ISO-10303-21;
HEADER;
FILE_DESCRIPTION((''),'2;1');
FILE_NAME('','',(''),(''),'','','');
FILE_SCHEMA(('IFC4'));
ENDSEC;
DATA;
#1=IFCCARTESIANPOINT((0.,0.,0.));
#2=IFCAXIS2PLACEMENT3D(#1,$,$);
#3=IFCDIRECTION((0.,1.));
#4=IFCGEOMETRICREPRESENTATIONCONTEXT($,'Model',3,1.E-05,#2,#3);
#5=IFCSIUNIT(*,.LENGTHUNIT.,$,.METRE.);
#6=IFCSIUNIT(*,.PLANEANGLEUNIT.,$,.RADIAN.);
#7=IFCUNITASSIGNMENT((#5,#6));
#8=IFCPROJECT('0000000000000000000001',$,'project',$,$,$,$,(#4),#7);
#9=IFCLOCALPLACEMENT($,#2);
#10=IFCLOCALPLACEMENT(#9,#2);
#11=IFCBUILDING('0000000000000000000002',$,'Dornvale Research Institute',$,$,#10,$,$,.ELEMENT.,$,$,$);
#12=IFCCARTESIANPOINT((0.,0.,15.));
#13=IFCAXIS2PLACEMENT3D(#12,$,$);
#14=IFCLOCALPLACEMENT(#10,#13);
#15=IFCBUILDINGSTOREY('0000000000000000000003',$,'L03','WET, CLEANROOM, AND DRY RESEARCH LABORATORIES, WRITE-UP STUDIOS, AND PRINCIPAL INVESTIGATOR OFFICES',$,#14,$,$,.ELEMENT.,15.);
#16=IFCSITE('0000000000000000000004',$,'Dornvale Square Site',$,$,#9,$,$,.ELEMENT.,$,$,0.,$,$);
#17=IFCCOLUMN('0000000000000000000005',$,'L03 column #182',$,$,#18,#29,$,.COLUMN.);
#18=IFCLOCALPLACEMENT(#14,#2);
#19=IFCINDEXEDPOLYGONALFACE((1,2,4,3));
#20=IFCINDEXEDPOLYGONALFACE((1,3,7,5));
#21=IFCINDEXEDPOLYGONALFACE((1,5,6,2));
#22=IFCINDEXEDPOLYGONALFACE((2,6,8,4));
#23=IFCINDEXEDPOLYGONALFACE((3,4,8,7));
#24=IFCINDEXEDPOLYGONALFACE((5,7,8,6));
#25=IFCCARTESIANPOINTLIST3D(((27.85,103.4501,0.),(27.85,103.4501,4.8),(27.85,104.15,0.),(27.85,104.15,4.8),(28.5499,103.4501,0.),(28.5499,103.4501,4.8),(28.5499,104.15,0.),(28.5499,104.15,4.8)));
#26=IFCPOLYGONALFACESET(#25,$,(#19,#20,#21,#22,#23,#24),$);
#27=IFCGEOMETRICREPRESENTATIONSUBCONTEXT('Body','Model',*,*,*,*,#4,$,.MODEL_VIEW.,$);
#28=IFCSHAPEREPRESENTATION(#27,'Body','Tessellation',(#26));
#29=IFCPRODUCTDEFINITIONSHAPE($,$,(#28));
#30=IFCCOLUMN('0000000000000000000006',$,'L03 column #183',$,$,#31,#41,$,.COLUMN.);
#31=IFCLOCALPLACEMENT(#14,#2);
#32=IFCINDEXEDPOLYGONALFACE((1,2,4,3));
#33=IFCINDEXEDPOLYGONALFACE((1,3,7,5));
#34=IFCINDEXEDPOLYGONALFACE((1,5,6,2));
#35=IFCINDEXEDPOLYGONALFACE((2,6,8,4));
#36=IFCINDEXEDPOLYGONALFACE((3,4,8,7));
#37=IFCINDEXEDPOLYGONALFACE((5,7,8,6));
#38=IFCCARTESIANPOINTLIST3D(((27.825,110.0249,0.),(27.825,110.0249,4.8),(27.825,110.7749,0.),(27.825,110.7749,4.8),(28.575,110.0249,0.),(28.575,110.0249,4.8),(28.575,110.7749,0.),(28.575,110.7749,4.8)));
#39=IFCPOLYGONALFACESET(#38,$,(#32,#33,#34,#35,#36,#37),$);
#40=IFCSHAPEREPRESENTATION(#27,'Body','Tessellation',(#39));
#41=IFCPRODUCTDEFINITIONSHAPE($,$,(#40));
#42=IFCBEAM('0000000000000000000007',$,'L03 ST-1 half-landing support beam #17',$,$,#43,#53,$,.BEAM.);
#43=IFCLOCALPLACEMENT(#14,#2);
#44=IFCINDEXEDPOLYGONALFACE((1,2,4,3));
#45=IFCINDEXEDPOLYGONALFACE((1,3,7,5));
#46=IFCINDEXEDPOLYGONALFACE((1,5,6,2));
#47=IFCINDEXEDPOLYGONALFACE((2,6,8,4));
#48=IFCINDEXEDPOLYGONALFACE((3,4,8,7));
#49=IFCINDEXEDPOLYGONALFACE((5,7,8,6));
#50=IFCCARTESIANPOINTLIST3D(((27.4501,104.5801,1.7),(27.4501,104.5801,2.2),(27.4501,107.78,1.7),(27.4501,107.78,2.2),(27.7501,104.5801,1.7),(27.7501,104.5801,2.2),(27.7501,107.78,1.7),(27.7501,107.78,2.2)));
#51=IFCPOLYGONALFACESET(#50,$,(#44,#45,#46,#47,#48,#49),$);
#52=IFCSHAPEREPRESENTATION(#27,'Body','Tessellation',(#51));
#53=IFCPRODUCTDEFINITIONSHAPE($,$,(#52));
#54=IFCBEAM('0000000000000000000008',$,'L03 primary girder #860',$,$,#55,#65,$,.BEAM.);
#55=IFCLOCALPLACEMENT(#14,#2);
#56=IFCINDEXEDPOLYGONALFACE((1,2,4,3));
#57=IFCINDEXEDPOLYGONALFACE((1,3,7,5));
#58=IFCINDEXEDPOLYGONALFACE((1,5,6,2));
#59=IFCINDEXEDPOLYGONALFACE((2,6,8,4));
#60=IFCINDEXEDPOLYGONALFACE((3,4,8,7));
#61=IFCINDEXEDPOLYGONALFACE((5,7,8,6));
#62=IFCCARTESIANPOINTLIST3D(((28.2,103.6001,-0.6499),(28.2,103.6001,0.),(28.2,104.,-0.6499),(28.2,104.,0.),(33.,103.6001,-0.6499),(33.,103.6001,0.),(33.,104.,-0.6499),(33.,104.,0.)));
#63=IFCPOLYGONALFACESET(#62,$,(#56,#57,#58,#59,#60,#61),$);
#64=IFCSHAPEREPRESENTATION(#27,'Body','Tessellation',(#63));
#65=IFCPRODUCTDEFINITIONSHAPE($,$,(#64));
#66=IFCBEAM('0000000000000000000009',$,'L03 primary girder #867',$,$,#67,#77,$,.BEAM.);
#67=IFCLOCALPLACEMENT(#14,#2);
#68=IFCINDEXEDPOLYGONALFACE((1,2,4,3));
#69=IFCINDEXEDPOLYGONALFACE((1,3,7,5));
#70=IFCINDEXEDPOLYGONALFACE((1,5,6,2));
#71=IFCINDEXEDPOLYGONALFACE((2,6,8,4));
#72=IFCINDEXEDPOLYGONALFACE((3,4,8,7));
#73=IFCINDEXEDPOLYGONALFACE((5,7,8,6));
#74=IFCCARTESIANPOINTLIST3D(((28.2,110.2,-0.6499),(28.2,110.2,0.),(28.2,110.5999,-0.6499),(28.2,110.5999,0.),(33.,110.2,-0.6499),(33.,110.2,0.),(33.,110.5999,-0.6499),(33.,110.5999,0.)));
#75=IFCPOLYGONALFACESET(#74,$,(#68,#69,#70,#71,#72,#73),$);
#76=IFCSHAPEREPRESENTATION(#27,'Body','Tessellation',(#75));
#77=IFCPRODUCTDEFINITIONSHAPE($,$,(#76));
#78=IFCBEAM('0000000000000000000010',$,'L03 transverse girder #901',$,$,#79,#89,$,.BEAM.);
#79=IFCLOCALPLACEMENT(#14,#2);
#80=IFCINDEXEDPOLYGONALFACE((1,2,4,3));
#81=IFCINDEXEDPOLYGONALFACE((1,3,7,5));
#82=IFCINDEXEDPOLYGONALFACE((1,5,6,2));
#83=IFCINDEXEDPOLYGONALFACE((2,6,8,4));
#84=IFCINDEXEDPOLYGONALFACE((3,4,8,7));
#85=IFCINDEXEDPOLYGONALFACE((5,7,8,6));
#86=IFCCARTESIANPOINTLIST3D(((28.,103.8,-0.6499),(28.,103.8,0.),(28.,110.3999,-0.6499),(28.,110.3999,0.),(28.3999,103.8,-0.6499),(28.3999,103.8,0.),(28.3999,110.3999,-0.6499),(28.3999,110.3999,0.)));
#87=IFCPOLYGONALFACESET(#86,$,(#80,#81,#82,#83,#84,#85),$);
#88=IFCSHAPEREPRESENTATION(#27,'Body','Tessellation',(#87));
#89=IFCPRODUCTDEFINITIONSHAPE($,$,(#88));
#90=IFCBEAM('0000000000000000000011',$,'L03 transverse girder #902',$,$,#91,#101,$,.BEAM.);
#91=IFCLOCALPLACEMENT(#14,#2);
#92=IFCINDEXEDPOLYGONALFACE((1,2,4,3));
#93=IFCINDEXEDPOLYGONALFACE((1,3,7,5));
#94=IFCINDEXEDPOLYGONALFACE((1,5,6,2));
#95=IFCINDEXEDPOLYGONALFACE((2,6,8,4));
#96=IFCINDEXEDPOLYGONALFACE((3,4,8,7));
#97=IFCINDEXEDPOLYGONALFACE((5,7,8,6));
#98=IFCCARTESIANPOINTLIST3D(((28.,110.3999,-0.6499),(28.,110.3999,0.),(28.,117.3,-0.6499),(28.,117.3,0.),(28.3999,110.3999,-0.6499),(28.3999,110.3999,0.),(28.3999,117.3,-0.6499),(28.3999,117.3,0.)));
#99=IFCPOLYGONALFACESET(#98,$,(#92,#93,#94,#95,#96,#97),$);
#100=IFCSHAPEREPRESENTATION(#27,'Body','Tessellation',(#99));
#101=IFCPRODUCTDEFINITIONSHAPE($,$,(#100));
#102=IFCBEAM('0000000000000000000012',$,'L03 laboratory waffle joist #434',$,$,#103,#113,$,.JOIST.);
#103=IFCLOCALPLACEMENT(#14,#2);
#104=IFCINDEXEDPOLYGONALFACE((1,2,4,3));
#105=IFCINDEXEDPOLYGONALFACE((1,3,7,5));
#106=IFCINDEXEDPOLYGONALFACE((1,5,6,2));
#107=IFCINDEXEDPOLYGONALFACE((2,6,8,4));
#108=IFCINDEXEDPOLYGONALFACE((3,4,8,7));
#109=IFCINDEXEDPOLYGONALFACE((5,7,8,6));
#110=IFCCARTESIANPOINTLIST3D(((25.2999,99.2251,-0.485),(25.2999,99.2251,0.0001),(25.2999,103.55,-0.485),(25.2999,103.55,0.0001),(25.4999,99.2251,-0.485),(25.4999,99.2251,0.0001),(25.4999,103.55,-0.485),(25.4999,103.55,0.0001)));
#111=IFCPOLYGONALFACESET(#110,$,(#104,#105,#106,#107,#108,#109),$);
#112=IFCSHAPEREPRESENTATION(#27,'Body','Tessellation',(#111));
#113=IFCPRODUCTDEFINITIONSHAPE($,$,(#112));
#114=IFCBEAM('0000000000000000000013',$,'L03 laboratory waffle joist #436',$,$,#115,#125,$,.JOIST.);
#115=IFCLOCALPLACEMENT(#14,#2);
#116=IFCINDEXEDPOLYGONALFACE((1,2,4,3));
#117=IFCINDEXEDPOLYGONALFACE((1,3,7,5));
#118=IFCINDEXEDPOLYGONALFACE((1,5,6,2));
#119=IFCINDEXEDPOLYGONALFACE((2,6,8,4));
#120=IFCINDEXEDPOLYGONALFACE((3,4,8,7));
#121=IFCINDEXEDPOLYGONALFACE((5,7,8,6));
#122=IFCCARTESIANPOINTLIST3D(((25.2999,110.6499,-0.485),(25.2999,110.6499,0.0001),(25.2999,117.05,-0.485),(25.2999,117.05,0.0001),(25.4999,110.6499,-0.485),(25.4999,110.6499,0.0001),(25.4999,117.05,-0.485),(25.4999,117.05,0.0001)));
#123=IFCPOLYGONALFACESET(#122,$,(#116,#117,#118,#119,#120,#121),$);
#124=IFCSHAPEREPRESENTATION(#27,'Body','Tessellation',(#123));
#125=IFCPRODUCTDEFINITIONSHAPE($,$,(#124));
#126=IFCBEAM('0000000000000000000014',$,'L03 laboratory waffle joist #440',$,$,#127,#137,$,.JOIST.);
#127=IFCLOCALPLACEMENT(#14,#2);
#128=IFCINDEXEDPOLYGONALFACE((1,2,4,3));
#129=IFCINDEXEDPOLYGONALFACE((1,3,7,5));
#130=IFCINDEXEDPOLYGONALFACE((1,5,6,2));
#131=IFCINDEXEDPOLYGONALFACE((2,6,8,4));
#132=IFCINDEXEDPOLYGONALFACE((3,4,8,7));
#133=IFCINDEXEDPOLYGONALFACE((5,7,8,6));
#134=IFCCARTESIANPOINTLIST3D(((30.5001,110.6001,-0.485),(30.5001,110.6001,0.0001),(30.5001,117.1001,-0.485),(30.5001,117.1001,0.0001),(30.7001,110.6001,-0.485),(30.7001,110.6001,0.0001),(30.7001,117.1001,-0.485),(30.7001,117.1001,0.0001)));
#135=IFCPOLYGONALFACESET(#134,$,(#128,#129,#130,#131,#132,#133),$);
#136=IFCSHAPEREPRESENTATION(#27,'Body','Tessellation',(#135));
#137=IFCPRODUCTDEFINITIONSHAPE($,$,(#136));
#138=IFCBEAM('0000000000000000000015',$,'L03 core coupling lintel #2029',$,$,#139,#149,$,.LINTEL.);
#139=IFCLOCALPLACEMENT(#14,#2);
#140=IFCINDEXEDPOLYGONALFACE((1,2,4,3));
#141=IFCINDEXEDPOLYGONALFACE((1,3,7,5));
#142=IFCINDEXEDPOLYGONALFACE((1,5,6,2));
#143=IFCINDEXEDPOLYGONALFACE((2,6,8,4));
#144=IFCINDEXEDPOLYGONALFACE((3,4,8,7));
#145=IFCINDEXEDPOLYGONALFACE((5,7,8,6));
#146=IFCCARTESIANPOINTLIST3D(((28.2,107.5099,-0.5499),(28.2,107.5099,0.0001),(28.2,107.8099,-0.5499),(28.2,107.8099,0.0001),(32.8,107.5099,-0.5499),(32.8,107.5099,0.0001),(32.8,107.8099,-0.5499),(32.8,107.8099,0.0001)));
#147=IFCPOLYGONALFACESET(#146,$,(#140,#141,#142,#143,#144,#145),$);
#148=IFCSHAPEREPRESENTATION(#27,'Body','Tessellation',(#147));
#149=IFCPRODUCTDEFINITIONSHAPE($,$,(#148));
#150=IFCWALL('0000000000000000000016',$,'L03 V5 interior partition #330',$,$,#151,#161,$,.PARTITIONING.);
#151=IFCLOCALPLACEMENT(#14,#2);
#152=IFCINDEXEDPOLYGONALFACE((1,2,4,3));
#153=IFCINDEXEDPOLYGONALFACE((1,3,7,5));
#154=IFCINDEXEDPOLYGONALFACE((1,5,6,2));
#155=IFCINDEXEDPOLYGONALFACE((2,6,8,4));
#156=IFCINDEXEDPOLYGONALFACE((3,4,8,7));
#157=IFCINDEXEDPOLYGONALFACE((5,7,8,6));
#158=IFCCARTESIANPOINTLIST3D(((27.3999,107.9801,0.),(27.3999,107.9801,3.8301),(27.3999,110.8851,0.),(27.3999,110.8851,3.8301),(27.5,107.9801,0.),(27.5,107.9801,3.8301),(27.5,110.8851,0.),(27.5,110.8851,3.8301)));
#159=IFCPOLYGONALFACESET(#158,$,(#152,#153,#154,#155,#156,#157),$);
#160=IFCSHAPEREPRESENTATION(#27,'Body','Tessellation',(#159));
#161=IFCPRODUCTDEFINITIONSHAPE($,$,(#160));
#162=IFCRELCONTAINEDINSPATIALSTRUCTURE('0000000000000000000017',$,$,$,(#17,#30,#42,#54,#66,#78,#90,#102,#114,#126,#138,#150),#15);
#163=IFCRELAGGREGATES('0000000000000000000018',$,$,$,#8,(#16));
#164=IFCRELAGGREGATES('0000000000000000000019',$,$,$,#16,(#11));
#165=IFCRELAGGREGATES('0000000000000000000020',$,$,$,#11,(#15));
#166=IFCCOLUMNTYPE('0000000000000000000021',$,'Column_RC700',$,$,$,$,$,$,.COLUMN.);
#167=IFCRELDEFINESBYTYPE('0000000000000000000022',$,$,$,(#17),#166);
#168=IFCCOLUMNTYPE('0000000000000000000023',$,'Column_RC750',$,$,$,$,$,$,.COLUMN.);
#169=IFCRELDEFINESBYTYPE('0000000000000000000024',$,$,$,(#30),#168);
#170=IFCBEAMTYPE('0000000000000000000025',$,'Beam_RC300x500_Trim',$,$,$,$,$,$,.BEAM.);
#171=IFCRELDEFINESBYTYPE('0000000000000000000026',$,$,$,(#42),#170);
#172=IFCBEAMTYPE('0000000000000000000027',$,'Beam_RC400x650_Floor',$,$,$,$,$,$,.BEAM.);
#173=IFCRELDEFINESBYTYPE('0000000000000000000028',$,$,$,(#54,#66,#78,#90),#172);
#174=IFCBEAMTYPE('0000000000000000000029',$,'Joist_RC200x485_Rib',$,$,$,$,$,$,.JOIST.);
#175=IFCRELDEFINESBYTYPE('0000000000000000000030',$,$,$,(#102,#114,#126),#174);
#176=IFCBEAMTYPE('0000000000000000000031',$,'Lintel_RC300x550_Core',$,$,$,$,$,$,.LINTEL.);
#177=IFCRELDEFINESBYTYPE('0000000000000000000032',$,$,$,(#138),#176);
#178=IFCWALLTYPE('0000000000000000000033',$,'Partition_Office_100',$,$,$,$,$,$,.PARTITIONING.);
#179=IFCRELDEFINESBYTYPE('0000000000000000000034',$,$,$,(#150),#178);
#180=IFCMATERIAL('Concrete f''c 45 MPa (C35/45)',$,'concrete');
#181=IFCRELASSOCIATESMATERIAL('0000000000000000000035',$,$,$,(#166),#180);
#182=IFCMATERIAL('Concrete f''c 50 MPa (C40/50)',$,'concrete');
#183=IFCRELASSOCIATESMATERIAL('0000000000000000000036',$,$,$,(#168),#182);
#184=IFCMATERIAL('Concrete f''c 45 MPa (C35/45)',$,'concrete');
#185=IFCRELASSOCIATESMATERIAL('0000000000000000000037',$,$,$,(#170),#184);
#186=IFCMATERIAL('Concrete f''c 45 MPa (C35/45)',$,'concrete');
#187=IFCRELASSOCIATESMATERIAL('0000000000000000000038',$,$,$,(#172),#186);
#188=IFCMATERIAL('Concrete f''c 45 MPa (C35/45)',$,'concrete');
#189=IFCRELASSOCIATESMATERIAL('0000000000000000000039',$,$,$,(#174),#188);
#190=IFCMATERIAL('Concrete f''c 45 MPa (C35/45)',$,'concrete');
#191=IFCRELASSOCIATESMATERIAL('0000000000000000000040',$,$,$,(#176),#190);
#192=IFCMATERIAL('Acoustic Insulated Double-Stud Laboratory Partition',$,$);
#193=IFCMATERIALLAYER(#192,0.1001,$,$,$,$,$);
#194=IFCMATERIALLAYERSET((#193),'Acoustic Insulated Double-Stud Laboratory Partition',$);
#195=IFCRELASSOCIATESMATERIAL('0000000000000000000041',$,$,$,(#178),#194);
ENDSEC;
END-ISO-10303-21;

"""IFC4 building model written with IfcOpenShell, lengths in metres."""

from ifc_helpers import new_model, si_unit, direction, frame, frame_2d, origin, origin_2d, place, context, subcontext, project, spatial, rectangle, extrude, material, layer, layer_set, material_profile, profile_set, type_object, element, save


model = new_model("IFC4")

# Units and contexts
model_context = context("Model", 3, precision=1e-05, world=origin(), true_north=direction((0.0, 1.0)))
body_context = subcontext(model_context, "Body", "Model", "MODEL_VIEW")
ifc_project = project(units=[si_unit("LENGTHUNIT", "METRE"), si_unit("PLANEANGLEUNIT", "RADIAN")], contexts=[model_context])

# Site, building, storey
site_placement = place(None, origin())
site = spatial("IfcSite", under=ifc_project, at=site_placement, Name="Dornvale Square Site", CompositionType="ELEMENT", RefElevation=0.0)
building_placement = place(site_placement, origin())
building = spatial("IfcBuilding", under=site, at=building_placement, Name="Dornvale Research Institute", CompositionType="ELEMENT")
storey_placement = place(building_placement, frame((0.0, 0.0, 15.0)))
storey = spatial("IfcBuildingStorey", under=building, at=storey_placement, Name="L03", Description="WET, CLEANROOM, AND DRY RESEARCH LABORATORIES, WRITE-UP STUDIOS, AND PRINCIPAL INVESTIGATOR OFFICES", CompositionType="ELEMENT", Elevation=15.0)

# Columns
ifc_material_1 = material(Name="Concrete f'c 45 MPa (C35/45)", Category="concrete")
ifc_material_profile_1 = material_profile(ifc_material_1, rectangle(XDim=0.7, YDim=0.7, at=origin_2d()), Name="RC 700x700")
ifc_profile_set_1 = profile_set([ifc_material_profile_1], Name="Concrete f'c 45 MPa (C35/45)")
column_type_1 = type_object("IfcColumnType", Name="Column_RC700", PredefinedType="COLUMN", material=ifc_profile_set_1)
column_1_placement = place(storey_placement, frame((28.2, 103.8, 0.0), z_axis=(0.0, 0.0, 1.0), x_axis=(1.0, 0.0, 0.0)))
element("IfcColumn", 1, at=column_1_placement, inside=storey, type_object=column_type_1, Name="L03 column #182", PredefinedType="COLUMN", context=body_context, shape_type="SweptSolid", body=[
    extrude(rectangle(XDim=0.7, YDim=0.7, at=origin_2d()), origin(), (0.0, 0.0, 1.0), 4.8),
])
ifc_material_2 = material(Name="Concrete f'c 50 MPa (C40/50)", Category="concrete")
ifc_material_profile_2 = material_profile(ifc_material_2, rectangle(XDim=0.75, YDim=0.75, at=origin_2d()), Name="RC 750x750")
ifc_profile_set_2 = profile_set([ifc_material_profile_2], Name="Concrete f'c 50 MPa (C40/50)")
column_type_2 = type_object("IfcColumnType", Name="Column_RC750", PredefinedType="COLUMN", material=ifc_profile_set_2)
column_2_placement = place(storey_placement, frame((28.2, 110.3999, 0.0), z_axis=(0.0, 0.0, 1.0), x_axis=(1.0, 0.0, 0.0)))
element("IfcColumn", 2, at=column_2_placement, inside=storey, type_object=column_type_2, Name="L03 column #183", PredefinedType="COLUMN", context=body_context, shape_type="SweptSolid", body=[
    extrude(rectangle(XDim=0.75, YDim=0.75, at=origin_2d()), origin(), (0.0, 0.0, 1.0), 4.8),
])

# Beams
ifc_material_3 = material(Name="Concrete f'c 45 MPa (C35/45)", Category="concrete")
ifc_material_profile_3 = material_profile(ifc_material_3, rectangle(XDim=0.3, YDim=0.5, at=origin_2d()), Name="RC 300x500")
ifc_profile_set_3 = profile_set([ifc_material_profile_3], Name="Concrete f'c 45 MPa (C35/45)")
beam_type_1 = type_object("IfcBeamType", Name="Beam_RC300x500_Trim", PredefinedType="BEAM", material=ifc_profile_set_3)
beam_1_placement = place(storey_placement, frame((27.6001, 104.5801, 1.95), z_axis=(0.0, 1.0, 0.0), x_axis=(-1.0, 0.0, 0.0)))
element("IfcBeam", 3, at=beam_1_placement, inside=storey, type_object=beam_type_1, Name="L03 ST-1 half-landing support beam #17", PredefinedType="BEAM", context=body_context, shape_type="SweptSolid", body=[
    extrude(rectangle(XDim=0.3, YDim=0.5, at=origin_2d()), origin(), (0.0, 0.0, 1.0), 3.2),
])
ifc_material_4 = material(Name="Concrete f'c 45 MPa (C35/45)", Category="concrete")
ifc_material_profile_4 = material_profile(ifc_material_4, rectangle(XDim=0.3999, YDim=0.6499, at=origin_2d()), Name="RC 400x650")
ifc_profile_set_4 = profile_set([ifc_material_profile_4], Name="Concrete f'c 45 MPa (C35/45)")
beam_type_2 = type_object("IfcBeamType", Name="Beam_RC400x650_Floor", PredefinedType="BEAM", material=ifc_profile_set_4)
for number, where, z_axis, x_axis, name in (
    (4, (28.2, 103.8, -0.325), (1.0, 0.0, 0.0), (0.0, 1.0, 0.0), "L03 primary girder #860"),
    (5, (28.2, 110.3999, -0.325), (1.0, 0.0, 0.0), (0.0, 1.0, 0.0), "L03 primary girder #867"),
):
    element("IfcBeam", number, at=place(storey_placement, frame(where, z_axis=z_axis, x_axis=x_axis)), inside=storey, type_object=beam_type_2, Name=name, PredefinedType="BEAM", context=body_context, shape_type="SweptSolid", body=[
        extrude(rectangle(XDim=0.3999, YDim=0.6499, at=origin_2d()), origin(), (0.0, 0.0, 1.0), 4.8),
    ])
beam_2_placement = place(storey_placement, frame((28.2, 103.8, -0.325), z_axis=(0.0, 1.0, 0.0), x_axis=(-1.0, 0.0, 0.0)))
element("IfcBeam", 6, at=beam_2_placement, inside=storey, type_object=beam_type_2, Name="L03 transverse girder #901", PredefinedType="BEAM", context=body_context, shape_type="SweptSolid", body=[
    extrude(rectangle(XDim=0.3999, YDim=0.6499, at=origin_2d()), origin(), (0.0, 0.0, 1.0), 6.5999),
])
beam_3_placement = place(storey_placement, frame((28.2, 110.3999, -0.325), z_axis=(0.0, 1.0, 0.0), x_axis=(-1.0, 0.0, 0.0)))
element("IfcBeam", 7, at=beam_3_placement, inside=storey, type_object=beam_type_2, Name="L03 transverse girder #902", PredefinedType="BEAM", context=body_context, shape_type="SweptSolid", body=[
    extrude(rectangle(XDim=0.3999, YDim=0.6499, at=origin_2d()), origin(), (0.0, 0.0, 1.0), 6.9001),
])
ifc_material_5 = material(Name="Concrete f'c 45 MPa (C35/45)", Category="concrete")
ifc_material_profile_5 = material_profile(ifc_material_5, rectangle(XDim=0.2, YDim=0.4851, at=origin_2d()), Name="RC 200x485")
ifc_profile_set_5 = profile_set([ifc_material_profile_5], Name="Concrete f'c 45 MPa (C35/45)")
beam_type_3 = type_object("IfcBeamType", Name="Joist_RC200x485_Rib", PredefinedType="JOIST", material=ifc_profile_set_5)
beam_4_placement = place(storey_placement, frame((25.3999, 99.2251, -0.2424), z_axis=(0.0, 1.0, 0.0), x_axis=(-1.0, 0.0, 0.0)))
element("IfcBeam", 8, at=beam_4_placement, inside=storey, type_object=beam_type_3, Name="L03 laboratory waffle joist #434", PredefinedType="JOIST", context=body_context, shape_type="SweptSolid", body=[
    extrude(rectangle(XDim=0.2, YDim=0.4851, at=origin_2d()), origin(), (0.0, 0.0, 1.0), 4.325),
])
beam_5_placement = place(storey_placement, frame((25.3999, 110.6499, -0.2424), z_axis=(0.0, 1.0, 0.0), x_axis=(-1.0, 0.0, 0.0)))
element("IfcBeam", 9, at=beam_5_placement, inside=storey, type_object=beam_type_3, Name="L03 laboratory waffle joist #436", PredefinedType="JOIST", context=body_context, shape_type="SweptSolid", body=[
    extrude(rectangle(XDim=0.2, YDim=0.4851, at=origin_2d()), origin(), (0.0, 0.0, 1.0), 6.4001),
])
beam_6_placement = place(storey_placement, frame((30.6001, 110.6001, -0.2424), z_axis=(0.0, 1.0, 0.0), x_axis=(-1.0, 0.0, 0.0)))
element("IfcBeam", 10, at=beam_6_placement, inside=storey, type_object=beam_type_3, Name="L03 laboratory waffle joist #440", PredefinedType="JOIST", context=body_context, shape_type="SweptSolid", body=[
    extrude(rectangle(XDim=0.2, YDim=0.4851, at=origin_2d()), origin(), (0.0, 0.0, 1.0), 6.5),
])
ifc_material_6 = material(Name="Concrete f'c 45 MPa (C35/45)", Category="concrete")
ifc_material_profile_6 = material_profile(ifc_material_6, rectangle(XDim=0.3, YDim=0.55, at=origin_2d()), Name="RC 300x550")
ifc_profile_set_6 = profile_set([ifc_material_profile_6], Name="Concrete f'c 45 MPa (C35/45)")
beam_type_4 = type_object("IfcBeamType", Name="Lintel_RC300x550_Core", PredefinedType="LINTEL", material=ifc_profile_set_6)
beam_7_placement = place(storey_placement, frame((28.2, 107.6599, -0.2749), z_axis=(1.0, 0.0, 0.0), x_axis=(0.0, 1.0, 0.0)))
element("IfcBeam", 11, at=beam_7_placement, inside=storey, type_object=beam_type_4, Name="L03 core coupling lintel #2029", PredefinedType="LINTEL", context=body_context, shape_type="SweptSolid", body=[
    extrude(rectangle(XDim=0.3, YDim=0.55, at=origin_2d()), origin(), (0.0, 0.0, 1.0), 4.6001),
])

# Wall
ifc_material_7 = material(Name="Acoustic Insulated Double-Stud Laboratory Partition")
ifc_layer_1 = layer(ifc_material_7, 0.1001)
ifc_layer_set_1 = layer_set([ifc_layer_1], Name="Acoustic Insulated Double-Stud Laboratory Partition")
wall_type_1 = type_object("IfcWallType", Name="Partition_Office_100", PredefinedType="PARTITIONING", material=ifc_layer_set_1)
wall_1_placement = place(storey_placement, frame((27.45, 107.98, 0.0), z_axis=(0.0, 0.0, 1.0), x_axis=(0.0, 1.0, 0.0)))
element("IfcWall", 12, at=wall_1_placement, inside=storey, type_object=wall_type_1, Name="L03 V5 interior partition #330", PredefinedType="PARTITIONING", context=body_context, shape_type="SweptSolid", body=[
    extrude(rectangle(XDim=2.905, YDim=0.1001, at=frame_2d((1.4526, 0.0))), origin(), (0.0, 0.0, 1.0), 3.8301),
])

save(model, "model.ifc")
